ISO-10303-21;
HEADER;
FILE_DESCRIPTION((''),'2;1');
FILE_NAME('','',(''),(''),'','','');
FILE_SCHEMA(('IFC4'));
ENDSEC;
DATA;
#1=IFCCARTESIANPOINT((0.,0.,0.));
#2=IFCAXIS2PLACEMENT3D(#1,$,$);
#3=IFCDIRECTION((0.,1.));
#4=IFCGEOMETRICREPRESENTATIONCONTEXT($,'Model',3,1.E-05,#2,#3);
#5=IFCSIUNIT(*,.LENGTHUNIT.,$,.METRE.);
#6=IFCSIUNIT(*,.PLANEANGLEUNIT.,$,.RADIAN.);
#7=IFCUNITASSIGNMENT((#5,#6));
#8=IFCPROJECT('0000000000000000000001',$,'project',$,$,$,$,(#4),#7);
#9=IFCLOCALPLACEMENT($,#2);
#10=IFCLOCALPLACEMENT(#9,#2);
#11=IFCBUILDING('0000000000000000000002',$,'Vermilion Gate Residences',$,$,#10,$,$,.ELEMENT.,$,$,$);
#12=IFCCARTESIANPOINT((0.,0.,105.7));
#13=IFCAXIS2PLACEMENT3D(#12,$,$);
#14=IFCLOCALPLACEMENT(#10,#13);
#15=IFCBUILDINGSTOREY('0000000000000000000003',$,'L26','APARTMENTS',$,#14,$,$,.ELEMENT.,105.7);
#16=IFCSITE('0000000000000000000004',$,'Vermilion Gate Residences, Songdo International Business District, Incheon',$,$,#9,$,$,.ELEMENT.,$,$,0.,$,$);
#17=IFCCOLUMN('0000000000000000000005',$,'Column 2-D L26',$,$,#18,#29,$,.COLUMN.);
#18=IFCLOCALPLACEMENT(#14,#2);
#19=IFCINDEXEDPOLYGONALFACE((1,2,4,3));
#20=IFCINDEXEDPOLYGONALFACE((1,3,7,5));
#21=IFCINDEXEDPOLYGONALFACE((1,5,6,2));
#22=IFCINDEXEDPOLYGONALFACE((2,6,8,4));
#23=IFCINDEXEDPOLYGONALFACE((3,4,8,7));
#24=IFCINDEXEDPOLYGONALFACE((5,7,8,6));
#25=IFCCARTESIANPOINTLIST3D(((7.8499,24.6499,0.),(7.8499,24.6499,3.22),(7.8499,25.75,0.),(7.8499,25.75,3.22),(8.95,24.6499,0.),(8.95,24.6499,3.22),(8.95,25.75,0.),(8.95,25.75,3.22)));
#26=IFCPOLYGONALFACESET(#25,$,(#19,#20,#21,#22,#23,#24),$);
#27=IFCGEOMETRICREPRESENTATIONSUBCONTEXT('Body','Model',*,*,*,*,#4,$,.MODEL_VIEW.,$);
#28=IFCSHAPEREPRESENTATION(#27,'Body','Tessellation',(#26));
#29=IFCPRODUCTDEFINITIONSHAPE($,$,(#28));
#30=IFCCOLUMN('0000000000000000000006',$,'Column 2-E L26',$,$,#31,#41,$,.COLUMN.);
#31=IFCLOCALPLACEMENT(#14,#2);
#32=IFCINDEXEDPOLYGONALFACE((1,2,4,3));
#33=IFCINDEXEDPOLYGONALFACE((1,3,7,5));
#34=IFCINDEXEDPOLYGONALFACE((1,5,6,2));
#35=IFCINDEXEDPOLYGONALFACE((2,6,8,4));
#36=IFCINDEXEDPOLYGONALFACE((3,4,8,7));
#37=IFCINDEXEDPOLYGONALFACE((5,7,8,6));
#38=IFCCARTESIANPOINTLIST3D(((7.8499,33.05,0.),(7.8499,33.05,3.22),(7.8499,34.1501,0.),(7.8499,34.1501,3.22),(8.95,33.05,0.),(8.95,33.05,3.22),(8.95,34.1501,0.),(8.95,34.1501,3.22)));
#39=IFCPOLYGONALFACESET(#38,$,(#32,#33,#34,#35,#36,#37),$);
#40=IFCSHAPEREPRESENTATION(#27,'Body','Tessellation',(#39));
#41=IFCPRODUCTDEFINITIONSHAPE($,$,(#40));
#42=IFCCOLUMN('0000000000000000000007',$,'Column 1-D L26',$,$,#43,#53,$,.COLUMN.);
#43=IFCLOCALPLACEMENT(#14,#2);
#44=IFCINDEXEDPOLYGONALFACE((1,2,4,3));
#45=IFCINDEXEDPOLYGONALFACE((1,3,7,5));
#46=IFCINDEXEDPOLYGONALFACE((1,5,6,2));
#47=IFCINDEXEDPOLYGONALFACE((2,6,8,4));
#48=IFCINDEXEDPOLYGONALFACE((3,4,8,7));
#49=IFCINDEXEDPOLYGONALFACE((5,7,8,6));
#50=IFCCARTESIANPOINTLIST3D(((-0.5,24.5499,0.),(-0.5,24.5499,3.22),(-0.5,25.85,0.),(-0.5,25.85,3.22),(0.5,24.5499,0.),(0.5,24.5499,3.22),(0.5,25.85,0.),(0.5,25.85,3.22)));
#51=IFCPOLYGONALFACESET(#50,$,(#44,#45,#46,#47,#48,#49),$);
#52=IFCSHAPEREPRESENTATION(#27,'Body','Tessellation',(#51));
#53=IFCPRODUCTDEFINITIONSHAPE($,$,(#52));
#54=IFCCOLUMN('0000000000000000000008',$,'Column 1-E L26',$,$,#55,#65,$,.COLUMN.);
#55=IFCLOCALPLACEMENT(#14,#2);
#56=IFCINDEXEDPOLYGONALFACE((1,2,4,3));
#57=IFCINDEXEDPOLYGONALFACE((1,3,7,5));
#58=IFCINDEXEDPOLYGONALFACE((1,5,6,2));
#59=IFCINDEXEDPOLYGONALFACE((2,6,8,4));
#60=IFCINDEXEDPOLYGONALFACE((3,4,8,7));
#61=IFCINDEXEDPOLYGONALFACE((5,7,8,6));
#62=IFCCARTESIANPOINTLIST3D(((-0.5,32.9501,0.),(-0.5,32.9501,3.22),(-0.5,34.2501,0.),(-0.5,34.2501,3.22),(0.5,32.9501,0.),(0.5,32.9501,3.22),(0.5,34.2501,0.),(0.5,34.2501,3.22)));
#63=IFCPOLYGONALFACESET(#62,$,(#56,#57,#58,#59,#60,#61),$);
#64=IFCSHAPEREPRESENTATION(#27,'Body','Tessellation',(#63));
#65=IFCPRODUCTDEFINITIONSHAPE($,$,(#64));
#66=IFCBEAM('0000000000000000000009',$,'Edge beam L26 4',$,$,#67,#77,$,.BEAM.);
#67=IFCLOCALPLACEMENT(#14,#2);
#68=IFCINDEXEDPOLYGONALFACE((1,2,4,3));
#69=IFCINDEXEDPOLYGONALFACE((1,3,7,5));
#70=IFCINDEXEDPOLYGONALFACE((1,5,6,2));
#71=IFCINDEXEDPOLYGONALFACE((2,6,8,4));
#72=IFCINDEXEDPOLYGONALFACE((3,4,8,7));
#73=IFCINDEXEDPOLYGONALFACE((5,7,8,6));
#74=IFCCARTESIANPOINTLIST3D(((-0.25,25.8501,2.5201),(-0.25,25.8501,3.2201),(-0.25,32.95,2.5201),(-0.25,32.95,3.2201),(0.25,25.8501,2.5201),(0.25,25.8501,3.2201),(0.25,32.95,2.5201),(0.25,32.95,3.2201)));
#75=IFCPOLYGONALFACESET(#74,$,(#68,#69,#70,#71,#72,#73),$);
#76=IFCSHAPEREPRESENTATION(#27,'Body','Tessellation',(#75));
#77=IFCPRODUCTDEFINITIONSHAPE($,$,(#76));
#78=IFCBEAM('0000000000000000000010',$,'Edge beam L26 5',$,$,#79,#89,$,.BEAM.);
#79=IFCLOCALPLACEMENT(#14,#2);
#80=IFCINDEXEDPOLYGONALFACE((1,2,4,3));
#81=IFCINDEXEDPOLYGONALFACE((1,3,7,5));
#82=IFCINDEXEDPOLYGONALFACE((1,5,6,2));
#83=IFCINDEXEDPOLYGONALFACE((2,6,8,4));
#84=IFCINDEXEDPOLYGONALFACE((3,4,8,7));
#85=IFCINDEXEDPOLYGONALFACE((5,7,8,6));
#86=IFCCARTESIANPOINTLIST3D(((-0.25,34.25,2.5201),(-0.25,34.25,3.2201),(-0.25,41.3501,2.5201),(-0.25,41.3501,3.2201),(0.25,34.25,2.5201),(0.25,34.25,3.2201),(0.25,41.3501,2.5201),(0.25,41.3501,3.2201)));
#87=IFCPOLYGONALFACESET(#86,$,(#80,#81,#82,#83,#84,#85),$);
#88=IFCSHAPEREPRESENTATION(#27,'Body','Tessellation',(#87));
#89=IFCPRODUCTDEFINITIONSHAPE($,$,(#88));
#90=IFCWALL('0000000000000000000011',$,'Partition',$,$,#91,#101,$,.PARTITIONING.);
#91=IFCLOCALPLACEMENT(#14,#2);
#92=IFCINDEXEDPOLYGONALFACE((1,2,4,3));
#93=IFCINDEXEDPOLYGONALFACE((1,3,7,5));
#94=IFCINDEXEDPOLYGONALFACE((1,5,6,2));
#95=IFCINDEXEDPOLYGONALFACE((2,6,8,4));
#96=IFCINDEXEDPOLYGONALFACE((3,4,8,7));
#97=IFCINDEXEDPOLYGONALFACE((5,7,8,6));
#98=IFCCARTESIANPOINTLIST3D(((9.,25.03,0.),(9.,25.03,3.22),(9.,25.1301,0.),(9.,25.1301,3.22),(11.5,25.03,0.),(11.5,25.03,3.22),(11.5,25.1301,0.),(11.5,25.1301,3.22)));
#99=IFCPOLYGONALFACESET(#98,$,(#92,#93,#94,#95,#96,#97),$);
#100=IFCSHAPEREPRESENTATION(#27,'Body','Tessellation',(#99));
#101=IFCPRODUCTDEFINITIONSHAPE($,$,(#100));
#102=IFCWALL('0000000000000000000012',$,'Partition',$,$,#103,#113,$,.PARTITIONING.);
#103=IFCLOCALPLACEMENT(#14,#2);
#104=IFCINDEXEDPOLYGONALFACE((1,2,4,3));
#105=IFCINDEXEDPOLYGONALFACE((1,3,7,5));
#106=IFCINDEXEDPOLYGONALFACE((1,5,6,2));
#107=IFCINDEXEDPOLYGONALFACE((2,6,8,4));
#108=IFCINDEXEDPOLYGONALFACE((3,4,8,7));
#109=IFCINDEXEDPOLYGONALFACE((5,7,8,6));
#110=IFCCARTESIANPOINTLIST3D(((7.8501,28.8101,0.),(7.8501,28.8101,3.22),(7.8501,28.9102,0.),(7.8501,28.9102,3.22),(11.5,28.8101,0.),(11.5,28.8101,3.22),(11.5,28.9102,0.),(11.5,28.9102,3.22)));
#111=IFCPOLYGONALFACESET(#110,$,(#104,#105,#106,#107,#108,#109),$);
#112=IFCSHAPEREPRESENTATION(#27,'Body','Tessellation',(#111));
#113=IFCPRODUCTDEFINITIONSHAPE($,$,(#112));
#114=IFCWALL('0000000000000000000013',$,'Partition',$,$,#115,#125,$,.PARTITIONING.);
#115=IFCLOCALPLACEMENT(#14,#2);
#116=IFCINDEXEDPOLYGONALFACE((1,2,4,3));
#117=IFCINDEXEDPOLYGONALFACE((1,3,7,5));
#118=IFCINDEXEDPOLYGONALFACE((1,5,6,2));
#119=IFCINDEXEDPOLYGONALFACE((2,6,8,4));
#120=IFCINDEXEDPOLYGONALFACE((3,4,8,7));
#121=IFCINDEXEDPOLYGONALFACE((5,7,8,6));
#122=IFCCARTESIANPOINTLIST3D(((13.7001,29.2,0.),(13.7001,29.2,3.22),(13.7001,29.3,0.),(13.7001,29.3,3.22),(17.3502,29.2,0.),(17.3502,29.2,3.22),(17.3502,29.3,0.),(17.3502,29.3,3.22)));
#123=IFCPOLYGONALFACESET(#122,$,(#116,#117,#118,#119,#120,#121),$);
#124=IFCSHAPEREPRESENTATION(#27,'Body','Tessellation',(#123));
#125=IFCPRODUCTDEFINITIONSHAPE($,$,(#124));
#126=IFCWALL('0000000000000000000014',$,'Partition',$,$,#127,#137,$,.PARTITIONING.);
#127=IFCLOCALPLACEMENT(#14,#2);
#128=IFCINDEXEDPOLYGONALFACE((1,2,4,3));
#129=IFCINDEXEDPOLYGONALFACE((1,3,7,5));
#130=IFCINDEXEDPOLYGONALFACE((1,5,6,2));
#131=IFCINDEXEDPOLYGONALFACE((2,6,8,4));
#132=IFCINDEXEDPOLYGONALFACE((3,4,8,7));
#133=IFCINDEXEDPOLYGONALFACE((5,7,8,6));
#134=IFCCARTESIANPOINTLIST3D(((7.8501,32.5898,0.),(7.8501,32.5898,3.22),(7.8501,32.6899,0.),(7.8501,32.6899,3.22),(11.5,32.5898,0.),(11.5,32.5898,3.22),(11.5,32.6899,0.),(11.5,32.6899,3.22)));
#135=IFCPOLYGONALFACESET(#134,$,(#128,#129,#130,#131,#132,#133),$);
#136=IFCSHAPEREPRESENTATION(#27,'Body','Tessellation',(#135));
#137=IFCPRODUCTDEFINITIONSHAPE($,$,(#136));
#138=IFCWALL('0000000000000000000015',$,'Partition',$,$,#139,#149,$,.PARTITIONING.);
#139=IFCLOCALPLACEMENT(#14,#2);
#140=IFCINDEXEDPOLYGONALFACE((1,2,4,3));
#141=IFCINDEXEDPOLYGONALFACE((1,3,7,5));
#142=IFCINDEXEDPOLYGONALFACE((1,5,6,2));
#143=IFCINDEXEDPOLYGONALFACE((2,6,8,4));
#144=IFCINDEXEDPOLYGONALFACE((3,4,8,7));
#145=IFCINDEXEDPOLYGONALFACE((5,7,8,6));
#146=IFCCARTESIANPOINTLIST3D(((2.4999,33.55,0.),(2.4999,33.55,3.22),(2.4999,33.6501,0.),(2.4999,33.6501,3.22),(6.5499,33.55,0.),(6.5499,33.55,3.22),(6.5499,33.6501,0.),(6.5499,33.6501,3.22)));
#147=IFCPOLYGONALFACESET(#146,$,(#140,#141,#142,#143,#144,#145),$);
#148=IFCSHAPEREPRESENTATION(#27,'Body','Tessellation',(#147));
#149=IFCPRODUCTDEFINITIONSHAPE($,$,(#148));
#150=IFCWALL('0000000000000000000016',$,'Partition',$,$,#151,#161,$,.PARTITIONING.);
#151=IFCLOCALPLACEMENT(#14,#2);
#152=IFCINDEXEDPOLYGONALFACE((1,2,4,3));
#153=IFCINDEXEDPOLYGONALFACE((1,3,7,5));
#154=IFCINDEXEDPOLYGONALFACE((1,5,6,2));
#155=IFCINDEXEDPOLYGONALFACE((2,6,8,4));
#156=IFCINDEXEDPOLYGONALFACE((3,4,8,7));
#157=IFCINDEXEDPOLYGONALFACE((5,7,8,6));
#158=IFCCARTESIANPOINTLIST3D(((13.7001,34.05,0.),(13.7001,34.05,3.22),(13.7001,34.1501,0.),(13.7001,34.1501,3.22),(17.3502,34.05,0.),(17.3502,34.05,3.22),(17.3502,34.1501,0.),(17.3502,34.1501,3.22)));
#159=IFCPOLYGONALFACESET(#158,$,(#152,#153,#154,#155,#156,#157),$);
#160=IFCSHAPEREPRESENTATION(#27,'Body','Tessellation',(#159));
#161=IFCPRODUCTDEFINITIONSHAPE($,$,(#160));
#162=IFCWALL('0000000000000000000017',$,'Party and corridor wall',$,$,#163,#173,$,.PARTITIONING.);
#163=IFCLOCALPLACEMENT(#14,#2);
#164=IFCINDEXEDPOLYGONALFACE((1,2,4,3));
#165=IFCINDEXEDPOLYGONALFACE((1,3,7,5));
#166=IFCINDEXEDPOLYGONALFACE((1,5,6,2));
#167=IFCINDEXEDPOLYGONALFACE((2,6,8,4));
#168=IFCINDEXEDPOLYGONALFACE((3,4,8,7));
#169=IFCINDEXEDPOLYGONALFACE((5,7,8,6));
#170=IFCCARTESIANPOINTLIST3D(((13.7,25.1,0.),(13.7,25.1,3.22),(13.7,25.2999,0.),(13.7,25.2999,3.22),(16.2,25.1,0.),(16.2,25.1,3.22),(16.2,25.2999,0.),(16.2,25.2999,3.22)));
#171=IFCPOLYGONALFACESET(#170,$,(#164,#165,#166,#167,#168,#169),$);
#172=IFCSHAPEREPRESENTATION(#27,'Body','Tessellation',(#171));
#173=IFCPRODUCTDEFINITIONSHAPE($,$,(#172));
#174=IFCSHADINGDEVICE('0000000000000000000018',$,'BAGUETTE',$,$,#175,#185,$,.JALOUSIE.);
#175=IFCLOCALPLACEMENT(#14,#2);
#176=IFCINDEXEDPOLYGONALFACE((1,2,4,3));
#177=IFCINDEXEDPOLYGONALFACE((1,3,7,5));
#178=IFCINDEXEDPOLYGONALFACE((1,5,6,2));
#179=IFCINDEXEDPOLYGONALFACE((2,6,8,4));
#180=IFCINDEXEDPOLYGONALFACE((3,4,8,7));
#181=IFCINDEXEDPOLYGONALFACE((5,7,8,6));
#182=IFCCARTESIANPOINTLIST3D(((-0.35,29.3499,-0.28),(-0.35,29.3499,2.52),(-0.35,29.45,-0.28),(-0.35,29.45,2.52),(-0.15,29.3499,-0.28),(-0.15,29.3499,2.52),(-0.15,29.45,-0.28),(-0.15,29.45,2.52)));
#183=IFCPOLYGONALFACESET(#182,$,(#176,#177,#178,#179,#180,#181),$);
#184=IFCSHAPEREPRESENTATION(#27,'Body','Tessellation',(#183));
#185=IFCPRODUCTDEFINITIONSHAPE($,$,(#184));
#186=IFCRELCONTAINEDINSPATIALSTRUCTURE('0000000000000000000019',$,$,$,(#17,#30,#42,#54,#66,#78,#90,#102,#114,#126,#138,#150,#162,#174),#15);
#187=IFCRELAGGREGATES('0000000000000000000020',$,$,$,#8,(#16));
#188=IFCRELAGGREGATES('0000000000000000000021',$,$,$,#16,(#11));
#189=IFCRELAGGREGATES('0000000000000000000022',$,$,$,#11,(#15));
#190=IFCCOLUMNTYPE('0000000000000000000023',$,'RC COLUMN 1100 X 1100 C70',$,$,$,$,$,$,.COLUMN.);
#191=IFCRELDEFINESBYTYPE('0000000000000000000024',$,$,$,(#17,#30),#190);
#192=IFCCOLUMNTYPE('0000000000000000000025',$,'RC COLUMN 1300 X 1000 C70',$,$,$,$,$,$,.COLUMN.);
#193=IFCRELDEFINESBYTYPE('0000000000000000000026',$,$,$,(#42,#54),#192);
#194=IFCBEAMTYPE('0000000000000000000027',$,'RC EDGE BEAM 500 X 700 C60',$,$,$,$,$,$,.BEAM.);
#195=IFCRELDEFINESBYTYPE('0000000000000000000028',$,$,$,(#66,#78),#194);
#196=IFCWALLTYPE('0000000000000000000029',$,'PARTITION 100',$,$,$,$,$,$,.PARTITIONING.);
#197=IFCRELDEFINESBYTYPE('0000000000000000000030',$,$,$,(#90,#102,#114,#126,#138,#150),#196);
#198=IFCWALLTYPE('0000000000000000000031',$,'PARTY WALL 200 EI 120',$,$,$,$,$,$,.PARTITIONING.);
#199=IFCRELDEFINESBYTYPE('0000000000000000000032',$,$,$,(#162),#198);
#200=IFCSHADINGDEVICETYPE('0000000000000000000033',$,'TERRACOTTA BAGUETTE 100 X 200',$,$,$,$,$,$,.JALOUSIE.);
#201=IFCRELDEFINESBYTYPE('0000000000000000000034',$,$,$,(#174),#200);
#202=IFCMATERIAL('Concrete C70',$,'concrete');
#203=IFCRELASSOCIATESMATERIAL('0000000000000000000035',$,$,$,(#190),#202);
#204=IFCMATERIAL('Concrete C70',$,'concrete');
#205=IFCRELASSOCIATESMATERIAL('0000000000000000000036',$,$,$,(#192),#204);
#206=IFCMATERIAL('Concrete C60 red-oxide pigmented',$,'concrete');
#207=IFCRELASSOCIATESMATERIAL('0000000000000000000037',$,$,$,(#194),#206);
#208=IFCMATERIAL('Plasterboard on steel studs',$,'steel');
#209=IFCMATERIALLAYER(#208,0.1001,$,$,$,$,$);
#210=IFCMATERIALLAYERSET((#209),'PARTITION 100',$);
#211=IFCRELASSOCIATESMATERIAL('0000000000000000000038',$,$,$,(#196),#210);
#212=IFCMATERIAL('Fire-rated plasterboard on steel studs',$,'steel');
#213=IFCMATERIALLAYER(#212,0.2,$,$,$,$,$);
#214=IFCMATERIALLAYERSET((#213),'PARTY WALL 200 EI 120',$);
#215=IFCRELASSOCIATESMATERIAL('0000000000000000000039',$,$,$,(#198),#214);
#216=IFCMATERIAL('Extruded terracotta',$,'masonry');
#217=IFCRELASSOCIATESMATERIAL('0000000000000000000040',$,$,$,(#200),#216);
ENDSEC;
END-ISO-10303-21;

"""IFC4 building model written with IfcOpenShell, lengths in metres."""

from ifc_helpers import new_model, si_unit, direction, frame, frame_2d, origin, origin_2d, place, context, subcontext, project, spatial, rectangle, extrude, material, layer, layer_set, material_profile, profile_set, type_object, element, save


model = new_model("IFC4")

# Units and contexts
model_context = context("Model", 3, precision=1e-05, world=origin(), true_north=direction((0.0, 1.0)))
body_context = subcontext(model_context, "Body", "Model", "MODEL_VIEW")
ifc_project = project(units=[si_unit("LENGTHUNIT", "METRE"), si_unit("PLANEANGLEUNIT", "RADIAN")], contexts=[model_context])

# Site, building, storey
site_placement = place(None, origin())
site = spatial("IfcSite", under=ifc_project, at=site_placement, Name="Vermilion Gate Residences, Songdo International Business District, Incheon", CompositionType="ELEMENT", RefElevation=0.0)
building_placement = place(site_placement, origin())
building = spatial("IfcBuilding", under=site, at=building_placement, Name="Vermilion Gate Residences", CompositionType="ELEMENT")
storey_placement = place(building_placement, frame((0.0, 0.0, 105.7)))
storey = spatial("IfcBuildingStorey", under=building, at=storey_placement, Name="L26", Description="APARTMENTS", CompositionType="ELEMENT", Elevation=105.7)

# Columns
ifc_material_1 = material(Name="Concrete C70", Category="concrete")
ifc_material_profile_1 = material_profile(ifc_material_1, rectangle(XDim=1.1001, YDim=1.1001, at=origin_2d()), Name="RC-1100x1100")
ifc_profile_set_1 = profile_set([ifc_material_profile_1], Name="Concrete C70")
column_type_1 = type_object("IfcColumnType", Name="RC COLUMN 1100 X 1100 C70", PredefinedType="COLUMN", material=ifc_profile_set_1)
for number, where, z_axis, x_axis, name in (
    (1, (8.3999, 25.2, 0.0), (0.0, 0.0, 1.0), (1.0, 0.0, 0.0), "Column 2-D L26"),
    (2, (8.3999, 33.6001, 0.0), (0.0, 0.0, 1.0), (1.0, 0.0, 0.0), "Column 2-E L26"),
):
    element("IfcColumn", number, at=place(storey_placement, frame(where, z_axis=z_axis, x_axis=x_axis)), inside=storey, type_object=column_type_1, Name=name, PredefinedType="COLUMN", context=body_context, shape_type="SweptSolid", body=[
        extrude(rectangle(XDim=1.1001, YDim=1.1001, at=origin_2d()), origin(), (0.0, 0.0, 1.0), 3.22),
    ])
ifc_material_2 = material(Name="Concrete C70", Category="concrete")
ifc_material_profile_2 = material_profile(ifc_material_2, rectangle(XDim=1.3, YDim=1.0, at=origin_2d()), Name="RC-1300x1000")
ifc_profile_set_2 = profile_set([ifc_material_profile_2], Name="Concrete C70")
column_type_2 = type_object("IfcColumnType", Name="RC COLUMN 1300 X 1000 C70", PredefinedType="COLUMN", material=ifc_profile_set_2)
for number, where, z_axis, x_axis, name in (
    (3, (0.0, 25.2, 0.0), (0.0, 0.0, 1.0), (0.0, 1.0, 0.0), "Column 1-D L26"),
    (4, (0.0, 33.6001, 0.0), (0.0, 0.0, 1.0), (0.0, 1.0, 0.0), "Column 1-E L26"),
):
    element("IfcColumn", number, at=place(storey_placement, frame(where, z_axis=z_axis, x_axis=x_axis)), inside=storey, type_object=column_type_2, Name=name, PredefinedType="COLUMN", context=body_context, shape_type="SweptSolid", body=[
        extrude(rectangle(XDim=1.3, YDim=1.0, at=origin_2d()), origin(), (0.0, 0.0, 1.0), 3.22),
    ])

# Beams
ifc_material_3 = material(Name="Concrete C60 red-oxide pigmented", Category="concrete")
ifc_material_profile_3 = material_profile(ifc_material_3, rectangle(XDim=0.5, YDim=0.7, at=origin_2d()), Name="RC-500x700")
ifc_profile_set_3 = profile_set([ifc_material_profile_3], Name="Concrete C60 red-oxide pigmented")
beam_type = type_object("IfcBeamType", Name="RC EDGE BEAM 500 X 700 C60", PredefinedType="BEAM", material=ifc_profile_set_3)
beam_1_placement = place(storey_placement, frame((0.0, 25.8501, 2.8701), z_axis=(0.0, 1.0, 0.0), x_axis=(-1.0, 0.0, 0.0)))
element("IfcBeam", 5, at=beam_1_placement, inside=storey, type_object=beam_type, Name="Edge beam L26 4", PredefinedType="BEAM", context=body_context, shape_type="SweptSolid", body=[
    extrude(rectangle(XDim=0.5, YDim=0.7, at=origin_2d()), origin(), (0.0, 0.0, 1.0), 7.0999),
])
beam_2_placement = place(storey_placement, frame((0.0, 34.25, 2.8701), z_axis=(0.0, 1.0, 0.0), x_axis=(-1.0, 0.0, 0.0)))
element("IfcBeam", 6, at=beam_2_placement, inside=storey, type_object=beam_type, Name="Edge beam L26 5", PredefinedType="BEAM", context=body_context, shape_type="SweptSolid", body=[
    extrude(rectangle(XDim=0.5, YDim=0.7, at=origin_2d()), origin(), (0.0, 0.0, 1.0), 7.1001),
])

# Walls
ifc_material_4 = material(Name="Plasterboard on steel studs", Category="steel")
ifc_layer_1 = layer(ifc_material_4, 0.1001)
ifc_layer_set_1 = layer_set([ifc_layer_1], Name="PARTITION 100")
wall_type_1 = type_object("IfcWallType", Name="PARTITION 100", PredefinedType="PARTITIONING", material=ifc_layer_set_1)
wall_1_placement = place(storey_placement, frame((9.0, 25.0801, 0.0), z_axis=(0.0, 0.0, 1.0), x_axis=(1.0, 0.0, 0.0)))
element("IfcWall", 7, at=wall_1_placement, inside=storey, type_object=wall_type_1, Name="Partition", PredefinedType="PARTITIONING", context=body_context, shape_type="SweptSolid", body=[
    extrude(rectangle(XDim=2.5, YDim=0.1001, at=frame_2d((1.25, 0.0))), origin(), (0.0, 0.0, 1.0), 3.22),
])
wall_2_placement = place(storey_placement, frame((7.8501, 28.8601, 0.0), z_axis=(0.0, 0.0, 1.0), x_axis=(1.0, 0.0, 0.0)))
element("IfcWall", 8, at=wall_2_placement, inside=storey, type_object=wall_type_1, Name="Partition", PredefinedType="PARTITIONING", context=body_context, shape_type="SweptSolid", body=[
    extrude(rectangle(XDim=3.6499, YDim=0.1001, at=frame_2d((1.825, 0.0))), origin(), (0.0, 0.0, 1.0), 3.22),
])
wall_3_placement = place(storey_placement, frame((13.7, 29.25, 0.0), z_axis=(0.0, 0.0, 1.0), x_axis=(1.0, 0.0, 0.0)))
element("IfcWall", 9, at=wall_3_placement, inside=storey, type_object=wall_type_1, Name="Partition", PredefinedType="PARTITIONING", context=body_context, shape_type="SweptSolid", body=[
    extrude(rectangle(XDim=3.6501, YDim=0.1001, at=frame_2d((1.8252, 0.0))), origin(), (0.0, 0.0, 1.0), 3.22),
])
wall_4_placement = place(storey_placement, frame((7.8501, 32.6399, 0.0), z_axis=(0.0, 0.0, 1.0), x_axis=(1.0, 0.0, 0.0)))
element("IfcWall", 10, at=wall_4_placement, inside=storey, type_object=wall_type_1, Name="Partition", PredefinedType="PARTITIONING", context=body_context, shape_type="SweptSolid", body=[
    extrude(rectangle(XDim=3.6499, YDim=0.1001, at=frame_2d((1.825, 0.0))), origin(), (0.0, 0.0, 1.0), 3.22),
])
wall_5_placement = place(storey_placement, frame((2.5, 33.6001, 0.0), z_axis=(0.0, 0.0, 1.0), x_axis=(1.0, 0.0, 0.0)))
element("IfcWall", 11, at=wall_5_placement, inside=storey, type_object=wall_type_1, Name="Partition", PredefinedType="PARTITIONING", context=body_context, shape_type="SweptSolid", body=[
    extrude(rectangle(XDim=4.05, YDim=0.1001, at=frame_2d((2.0249, 0.0))), origin(), (0.0, 0.0, 1.0), 3.22),
])
wall_6_placement = place(storey_placement, frame((13.7, 34.1001, 0.0), z_axis=(0.0, 0.0, 1.0), x_axis=(1.0, 0.0, 0.0)))
element("IfcWall", 12, at=wall_6_placement, inside=storey, type_object=wall_type_1, Name="Partition", PredefinedType="PARTITIONING", context=body_context, shape_type="SweptSolid", body=[
    extrude(rectangle(XDim=3.6501, YDim=0.1001, at=frame_2d((1.8252, 0.0))), origin(), (0.0, 0.0, 1.0), 3.22),
])
ifc_material_5 = material(Name="Fire-rated plasterboard on steel studs", Category="steel")
ifc_layer_2 = layer(ifc_material_5, 0.2)
ifc_layer_set_2 = layer_set([ifc_layer_2], Name="PARTY WALL 200 EI 120")
wall_type_2 = type_object("IfcWallType", Name="PARTY WALL 200 EI 120", PredefinedType="PARTITIONING", material=ifc_layer_set_2)
wall_7_placement = place(storey_placement, frame((13.7, 25.2, 0.0), z_axis=(0.0, 0.0, 1.0), x_axis=(1.0, 0.0, 0.0)))
element("IfcWall", 13, at=wall_7_placement, inside=storey, type_object=wall_type_2, Name="Party and corridor wall", PredefinedType="PARTITIONING", context=body_context, shape_type="SweptSolid", body=[
    extrude(rectangle(XDim=2.5, YDim=0.2, at=frame_2d((1.25, 0.0))), origin(), (0.0, 0.0, 1.0), 3.22),
])

# Shading device
ifc_material_6 = material(Name="Extruded terracotta", Category="masonry")
ifc_material_profile_4 = material_profile(ifc_material_6, rectangle(XDim=0.2, YDim=0.1001, at=origin_2d()), Name="BAGUETTE 100 X 200")
ifc_profile_set_4 = profile_set([ifc_material_profile_4], Name="Extruded terracotta")
shading_device_type = type_object("IfcShadingDeviceType", Name="TERRACOTTA BAGUETTE 100 X 200", PredefinedType="JALOUSIE", material=ifc_profile_set_4)
shading_device_placement = place(storey_placement, frame((-0.25, 29.3999, -0.28), z_axis=(0.0, 0.0, 1.0), x_axis=(1.0, 0.0, 0.0)))
element("IfcShadingDevice", 14, at=shading_device_placement, inside=storey, type_object=shading_device_type, Name="BAGUETTE", PredefinedType="JALOUSIE", context=body_context, shape_type="SweptSolid", body=[
    extrude(rectangle(XDim=0.2, YDim=0.1001, at=origin_2d()), origin(), (0.0, 0.0, 1.0), 2.8),
])

save(model, "model.ifc")
